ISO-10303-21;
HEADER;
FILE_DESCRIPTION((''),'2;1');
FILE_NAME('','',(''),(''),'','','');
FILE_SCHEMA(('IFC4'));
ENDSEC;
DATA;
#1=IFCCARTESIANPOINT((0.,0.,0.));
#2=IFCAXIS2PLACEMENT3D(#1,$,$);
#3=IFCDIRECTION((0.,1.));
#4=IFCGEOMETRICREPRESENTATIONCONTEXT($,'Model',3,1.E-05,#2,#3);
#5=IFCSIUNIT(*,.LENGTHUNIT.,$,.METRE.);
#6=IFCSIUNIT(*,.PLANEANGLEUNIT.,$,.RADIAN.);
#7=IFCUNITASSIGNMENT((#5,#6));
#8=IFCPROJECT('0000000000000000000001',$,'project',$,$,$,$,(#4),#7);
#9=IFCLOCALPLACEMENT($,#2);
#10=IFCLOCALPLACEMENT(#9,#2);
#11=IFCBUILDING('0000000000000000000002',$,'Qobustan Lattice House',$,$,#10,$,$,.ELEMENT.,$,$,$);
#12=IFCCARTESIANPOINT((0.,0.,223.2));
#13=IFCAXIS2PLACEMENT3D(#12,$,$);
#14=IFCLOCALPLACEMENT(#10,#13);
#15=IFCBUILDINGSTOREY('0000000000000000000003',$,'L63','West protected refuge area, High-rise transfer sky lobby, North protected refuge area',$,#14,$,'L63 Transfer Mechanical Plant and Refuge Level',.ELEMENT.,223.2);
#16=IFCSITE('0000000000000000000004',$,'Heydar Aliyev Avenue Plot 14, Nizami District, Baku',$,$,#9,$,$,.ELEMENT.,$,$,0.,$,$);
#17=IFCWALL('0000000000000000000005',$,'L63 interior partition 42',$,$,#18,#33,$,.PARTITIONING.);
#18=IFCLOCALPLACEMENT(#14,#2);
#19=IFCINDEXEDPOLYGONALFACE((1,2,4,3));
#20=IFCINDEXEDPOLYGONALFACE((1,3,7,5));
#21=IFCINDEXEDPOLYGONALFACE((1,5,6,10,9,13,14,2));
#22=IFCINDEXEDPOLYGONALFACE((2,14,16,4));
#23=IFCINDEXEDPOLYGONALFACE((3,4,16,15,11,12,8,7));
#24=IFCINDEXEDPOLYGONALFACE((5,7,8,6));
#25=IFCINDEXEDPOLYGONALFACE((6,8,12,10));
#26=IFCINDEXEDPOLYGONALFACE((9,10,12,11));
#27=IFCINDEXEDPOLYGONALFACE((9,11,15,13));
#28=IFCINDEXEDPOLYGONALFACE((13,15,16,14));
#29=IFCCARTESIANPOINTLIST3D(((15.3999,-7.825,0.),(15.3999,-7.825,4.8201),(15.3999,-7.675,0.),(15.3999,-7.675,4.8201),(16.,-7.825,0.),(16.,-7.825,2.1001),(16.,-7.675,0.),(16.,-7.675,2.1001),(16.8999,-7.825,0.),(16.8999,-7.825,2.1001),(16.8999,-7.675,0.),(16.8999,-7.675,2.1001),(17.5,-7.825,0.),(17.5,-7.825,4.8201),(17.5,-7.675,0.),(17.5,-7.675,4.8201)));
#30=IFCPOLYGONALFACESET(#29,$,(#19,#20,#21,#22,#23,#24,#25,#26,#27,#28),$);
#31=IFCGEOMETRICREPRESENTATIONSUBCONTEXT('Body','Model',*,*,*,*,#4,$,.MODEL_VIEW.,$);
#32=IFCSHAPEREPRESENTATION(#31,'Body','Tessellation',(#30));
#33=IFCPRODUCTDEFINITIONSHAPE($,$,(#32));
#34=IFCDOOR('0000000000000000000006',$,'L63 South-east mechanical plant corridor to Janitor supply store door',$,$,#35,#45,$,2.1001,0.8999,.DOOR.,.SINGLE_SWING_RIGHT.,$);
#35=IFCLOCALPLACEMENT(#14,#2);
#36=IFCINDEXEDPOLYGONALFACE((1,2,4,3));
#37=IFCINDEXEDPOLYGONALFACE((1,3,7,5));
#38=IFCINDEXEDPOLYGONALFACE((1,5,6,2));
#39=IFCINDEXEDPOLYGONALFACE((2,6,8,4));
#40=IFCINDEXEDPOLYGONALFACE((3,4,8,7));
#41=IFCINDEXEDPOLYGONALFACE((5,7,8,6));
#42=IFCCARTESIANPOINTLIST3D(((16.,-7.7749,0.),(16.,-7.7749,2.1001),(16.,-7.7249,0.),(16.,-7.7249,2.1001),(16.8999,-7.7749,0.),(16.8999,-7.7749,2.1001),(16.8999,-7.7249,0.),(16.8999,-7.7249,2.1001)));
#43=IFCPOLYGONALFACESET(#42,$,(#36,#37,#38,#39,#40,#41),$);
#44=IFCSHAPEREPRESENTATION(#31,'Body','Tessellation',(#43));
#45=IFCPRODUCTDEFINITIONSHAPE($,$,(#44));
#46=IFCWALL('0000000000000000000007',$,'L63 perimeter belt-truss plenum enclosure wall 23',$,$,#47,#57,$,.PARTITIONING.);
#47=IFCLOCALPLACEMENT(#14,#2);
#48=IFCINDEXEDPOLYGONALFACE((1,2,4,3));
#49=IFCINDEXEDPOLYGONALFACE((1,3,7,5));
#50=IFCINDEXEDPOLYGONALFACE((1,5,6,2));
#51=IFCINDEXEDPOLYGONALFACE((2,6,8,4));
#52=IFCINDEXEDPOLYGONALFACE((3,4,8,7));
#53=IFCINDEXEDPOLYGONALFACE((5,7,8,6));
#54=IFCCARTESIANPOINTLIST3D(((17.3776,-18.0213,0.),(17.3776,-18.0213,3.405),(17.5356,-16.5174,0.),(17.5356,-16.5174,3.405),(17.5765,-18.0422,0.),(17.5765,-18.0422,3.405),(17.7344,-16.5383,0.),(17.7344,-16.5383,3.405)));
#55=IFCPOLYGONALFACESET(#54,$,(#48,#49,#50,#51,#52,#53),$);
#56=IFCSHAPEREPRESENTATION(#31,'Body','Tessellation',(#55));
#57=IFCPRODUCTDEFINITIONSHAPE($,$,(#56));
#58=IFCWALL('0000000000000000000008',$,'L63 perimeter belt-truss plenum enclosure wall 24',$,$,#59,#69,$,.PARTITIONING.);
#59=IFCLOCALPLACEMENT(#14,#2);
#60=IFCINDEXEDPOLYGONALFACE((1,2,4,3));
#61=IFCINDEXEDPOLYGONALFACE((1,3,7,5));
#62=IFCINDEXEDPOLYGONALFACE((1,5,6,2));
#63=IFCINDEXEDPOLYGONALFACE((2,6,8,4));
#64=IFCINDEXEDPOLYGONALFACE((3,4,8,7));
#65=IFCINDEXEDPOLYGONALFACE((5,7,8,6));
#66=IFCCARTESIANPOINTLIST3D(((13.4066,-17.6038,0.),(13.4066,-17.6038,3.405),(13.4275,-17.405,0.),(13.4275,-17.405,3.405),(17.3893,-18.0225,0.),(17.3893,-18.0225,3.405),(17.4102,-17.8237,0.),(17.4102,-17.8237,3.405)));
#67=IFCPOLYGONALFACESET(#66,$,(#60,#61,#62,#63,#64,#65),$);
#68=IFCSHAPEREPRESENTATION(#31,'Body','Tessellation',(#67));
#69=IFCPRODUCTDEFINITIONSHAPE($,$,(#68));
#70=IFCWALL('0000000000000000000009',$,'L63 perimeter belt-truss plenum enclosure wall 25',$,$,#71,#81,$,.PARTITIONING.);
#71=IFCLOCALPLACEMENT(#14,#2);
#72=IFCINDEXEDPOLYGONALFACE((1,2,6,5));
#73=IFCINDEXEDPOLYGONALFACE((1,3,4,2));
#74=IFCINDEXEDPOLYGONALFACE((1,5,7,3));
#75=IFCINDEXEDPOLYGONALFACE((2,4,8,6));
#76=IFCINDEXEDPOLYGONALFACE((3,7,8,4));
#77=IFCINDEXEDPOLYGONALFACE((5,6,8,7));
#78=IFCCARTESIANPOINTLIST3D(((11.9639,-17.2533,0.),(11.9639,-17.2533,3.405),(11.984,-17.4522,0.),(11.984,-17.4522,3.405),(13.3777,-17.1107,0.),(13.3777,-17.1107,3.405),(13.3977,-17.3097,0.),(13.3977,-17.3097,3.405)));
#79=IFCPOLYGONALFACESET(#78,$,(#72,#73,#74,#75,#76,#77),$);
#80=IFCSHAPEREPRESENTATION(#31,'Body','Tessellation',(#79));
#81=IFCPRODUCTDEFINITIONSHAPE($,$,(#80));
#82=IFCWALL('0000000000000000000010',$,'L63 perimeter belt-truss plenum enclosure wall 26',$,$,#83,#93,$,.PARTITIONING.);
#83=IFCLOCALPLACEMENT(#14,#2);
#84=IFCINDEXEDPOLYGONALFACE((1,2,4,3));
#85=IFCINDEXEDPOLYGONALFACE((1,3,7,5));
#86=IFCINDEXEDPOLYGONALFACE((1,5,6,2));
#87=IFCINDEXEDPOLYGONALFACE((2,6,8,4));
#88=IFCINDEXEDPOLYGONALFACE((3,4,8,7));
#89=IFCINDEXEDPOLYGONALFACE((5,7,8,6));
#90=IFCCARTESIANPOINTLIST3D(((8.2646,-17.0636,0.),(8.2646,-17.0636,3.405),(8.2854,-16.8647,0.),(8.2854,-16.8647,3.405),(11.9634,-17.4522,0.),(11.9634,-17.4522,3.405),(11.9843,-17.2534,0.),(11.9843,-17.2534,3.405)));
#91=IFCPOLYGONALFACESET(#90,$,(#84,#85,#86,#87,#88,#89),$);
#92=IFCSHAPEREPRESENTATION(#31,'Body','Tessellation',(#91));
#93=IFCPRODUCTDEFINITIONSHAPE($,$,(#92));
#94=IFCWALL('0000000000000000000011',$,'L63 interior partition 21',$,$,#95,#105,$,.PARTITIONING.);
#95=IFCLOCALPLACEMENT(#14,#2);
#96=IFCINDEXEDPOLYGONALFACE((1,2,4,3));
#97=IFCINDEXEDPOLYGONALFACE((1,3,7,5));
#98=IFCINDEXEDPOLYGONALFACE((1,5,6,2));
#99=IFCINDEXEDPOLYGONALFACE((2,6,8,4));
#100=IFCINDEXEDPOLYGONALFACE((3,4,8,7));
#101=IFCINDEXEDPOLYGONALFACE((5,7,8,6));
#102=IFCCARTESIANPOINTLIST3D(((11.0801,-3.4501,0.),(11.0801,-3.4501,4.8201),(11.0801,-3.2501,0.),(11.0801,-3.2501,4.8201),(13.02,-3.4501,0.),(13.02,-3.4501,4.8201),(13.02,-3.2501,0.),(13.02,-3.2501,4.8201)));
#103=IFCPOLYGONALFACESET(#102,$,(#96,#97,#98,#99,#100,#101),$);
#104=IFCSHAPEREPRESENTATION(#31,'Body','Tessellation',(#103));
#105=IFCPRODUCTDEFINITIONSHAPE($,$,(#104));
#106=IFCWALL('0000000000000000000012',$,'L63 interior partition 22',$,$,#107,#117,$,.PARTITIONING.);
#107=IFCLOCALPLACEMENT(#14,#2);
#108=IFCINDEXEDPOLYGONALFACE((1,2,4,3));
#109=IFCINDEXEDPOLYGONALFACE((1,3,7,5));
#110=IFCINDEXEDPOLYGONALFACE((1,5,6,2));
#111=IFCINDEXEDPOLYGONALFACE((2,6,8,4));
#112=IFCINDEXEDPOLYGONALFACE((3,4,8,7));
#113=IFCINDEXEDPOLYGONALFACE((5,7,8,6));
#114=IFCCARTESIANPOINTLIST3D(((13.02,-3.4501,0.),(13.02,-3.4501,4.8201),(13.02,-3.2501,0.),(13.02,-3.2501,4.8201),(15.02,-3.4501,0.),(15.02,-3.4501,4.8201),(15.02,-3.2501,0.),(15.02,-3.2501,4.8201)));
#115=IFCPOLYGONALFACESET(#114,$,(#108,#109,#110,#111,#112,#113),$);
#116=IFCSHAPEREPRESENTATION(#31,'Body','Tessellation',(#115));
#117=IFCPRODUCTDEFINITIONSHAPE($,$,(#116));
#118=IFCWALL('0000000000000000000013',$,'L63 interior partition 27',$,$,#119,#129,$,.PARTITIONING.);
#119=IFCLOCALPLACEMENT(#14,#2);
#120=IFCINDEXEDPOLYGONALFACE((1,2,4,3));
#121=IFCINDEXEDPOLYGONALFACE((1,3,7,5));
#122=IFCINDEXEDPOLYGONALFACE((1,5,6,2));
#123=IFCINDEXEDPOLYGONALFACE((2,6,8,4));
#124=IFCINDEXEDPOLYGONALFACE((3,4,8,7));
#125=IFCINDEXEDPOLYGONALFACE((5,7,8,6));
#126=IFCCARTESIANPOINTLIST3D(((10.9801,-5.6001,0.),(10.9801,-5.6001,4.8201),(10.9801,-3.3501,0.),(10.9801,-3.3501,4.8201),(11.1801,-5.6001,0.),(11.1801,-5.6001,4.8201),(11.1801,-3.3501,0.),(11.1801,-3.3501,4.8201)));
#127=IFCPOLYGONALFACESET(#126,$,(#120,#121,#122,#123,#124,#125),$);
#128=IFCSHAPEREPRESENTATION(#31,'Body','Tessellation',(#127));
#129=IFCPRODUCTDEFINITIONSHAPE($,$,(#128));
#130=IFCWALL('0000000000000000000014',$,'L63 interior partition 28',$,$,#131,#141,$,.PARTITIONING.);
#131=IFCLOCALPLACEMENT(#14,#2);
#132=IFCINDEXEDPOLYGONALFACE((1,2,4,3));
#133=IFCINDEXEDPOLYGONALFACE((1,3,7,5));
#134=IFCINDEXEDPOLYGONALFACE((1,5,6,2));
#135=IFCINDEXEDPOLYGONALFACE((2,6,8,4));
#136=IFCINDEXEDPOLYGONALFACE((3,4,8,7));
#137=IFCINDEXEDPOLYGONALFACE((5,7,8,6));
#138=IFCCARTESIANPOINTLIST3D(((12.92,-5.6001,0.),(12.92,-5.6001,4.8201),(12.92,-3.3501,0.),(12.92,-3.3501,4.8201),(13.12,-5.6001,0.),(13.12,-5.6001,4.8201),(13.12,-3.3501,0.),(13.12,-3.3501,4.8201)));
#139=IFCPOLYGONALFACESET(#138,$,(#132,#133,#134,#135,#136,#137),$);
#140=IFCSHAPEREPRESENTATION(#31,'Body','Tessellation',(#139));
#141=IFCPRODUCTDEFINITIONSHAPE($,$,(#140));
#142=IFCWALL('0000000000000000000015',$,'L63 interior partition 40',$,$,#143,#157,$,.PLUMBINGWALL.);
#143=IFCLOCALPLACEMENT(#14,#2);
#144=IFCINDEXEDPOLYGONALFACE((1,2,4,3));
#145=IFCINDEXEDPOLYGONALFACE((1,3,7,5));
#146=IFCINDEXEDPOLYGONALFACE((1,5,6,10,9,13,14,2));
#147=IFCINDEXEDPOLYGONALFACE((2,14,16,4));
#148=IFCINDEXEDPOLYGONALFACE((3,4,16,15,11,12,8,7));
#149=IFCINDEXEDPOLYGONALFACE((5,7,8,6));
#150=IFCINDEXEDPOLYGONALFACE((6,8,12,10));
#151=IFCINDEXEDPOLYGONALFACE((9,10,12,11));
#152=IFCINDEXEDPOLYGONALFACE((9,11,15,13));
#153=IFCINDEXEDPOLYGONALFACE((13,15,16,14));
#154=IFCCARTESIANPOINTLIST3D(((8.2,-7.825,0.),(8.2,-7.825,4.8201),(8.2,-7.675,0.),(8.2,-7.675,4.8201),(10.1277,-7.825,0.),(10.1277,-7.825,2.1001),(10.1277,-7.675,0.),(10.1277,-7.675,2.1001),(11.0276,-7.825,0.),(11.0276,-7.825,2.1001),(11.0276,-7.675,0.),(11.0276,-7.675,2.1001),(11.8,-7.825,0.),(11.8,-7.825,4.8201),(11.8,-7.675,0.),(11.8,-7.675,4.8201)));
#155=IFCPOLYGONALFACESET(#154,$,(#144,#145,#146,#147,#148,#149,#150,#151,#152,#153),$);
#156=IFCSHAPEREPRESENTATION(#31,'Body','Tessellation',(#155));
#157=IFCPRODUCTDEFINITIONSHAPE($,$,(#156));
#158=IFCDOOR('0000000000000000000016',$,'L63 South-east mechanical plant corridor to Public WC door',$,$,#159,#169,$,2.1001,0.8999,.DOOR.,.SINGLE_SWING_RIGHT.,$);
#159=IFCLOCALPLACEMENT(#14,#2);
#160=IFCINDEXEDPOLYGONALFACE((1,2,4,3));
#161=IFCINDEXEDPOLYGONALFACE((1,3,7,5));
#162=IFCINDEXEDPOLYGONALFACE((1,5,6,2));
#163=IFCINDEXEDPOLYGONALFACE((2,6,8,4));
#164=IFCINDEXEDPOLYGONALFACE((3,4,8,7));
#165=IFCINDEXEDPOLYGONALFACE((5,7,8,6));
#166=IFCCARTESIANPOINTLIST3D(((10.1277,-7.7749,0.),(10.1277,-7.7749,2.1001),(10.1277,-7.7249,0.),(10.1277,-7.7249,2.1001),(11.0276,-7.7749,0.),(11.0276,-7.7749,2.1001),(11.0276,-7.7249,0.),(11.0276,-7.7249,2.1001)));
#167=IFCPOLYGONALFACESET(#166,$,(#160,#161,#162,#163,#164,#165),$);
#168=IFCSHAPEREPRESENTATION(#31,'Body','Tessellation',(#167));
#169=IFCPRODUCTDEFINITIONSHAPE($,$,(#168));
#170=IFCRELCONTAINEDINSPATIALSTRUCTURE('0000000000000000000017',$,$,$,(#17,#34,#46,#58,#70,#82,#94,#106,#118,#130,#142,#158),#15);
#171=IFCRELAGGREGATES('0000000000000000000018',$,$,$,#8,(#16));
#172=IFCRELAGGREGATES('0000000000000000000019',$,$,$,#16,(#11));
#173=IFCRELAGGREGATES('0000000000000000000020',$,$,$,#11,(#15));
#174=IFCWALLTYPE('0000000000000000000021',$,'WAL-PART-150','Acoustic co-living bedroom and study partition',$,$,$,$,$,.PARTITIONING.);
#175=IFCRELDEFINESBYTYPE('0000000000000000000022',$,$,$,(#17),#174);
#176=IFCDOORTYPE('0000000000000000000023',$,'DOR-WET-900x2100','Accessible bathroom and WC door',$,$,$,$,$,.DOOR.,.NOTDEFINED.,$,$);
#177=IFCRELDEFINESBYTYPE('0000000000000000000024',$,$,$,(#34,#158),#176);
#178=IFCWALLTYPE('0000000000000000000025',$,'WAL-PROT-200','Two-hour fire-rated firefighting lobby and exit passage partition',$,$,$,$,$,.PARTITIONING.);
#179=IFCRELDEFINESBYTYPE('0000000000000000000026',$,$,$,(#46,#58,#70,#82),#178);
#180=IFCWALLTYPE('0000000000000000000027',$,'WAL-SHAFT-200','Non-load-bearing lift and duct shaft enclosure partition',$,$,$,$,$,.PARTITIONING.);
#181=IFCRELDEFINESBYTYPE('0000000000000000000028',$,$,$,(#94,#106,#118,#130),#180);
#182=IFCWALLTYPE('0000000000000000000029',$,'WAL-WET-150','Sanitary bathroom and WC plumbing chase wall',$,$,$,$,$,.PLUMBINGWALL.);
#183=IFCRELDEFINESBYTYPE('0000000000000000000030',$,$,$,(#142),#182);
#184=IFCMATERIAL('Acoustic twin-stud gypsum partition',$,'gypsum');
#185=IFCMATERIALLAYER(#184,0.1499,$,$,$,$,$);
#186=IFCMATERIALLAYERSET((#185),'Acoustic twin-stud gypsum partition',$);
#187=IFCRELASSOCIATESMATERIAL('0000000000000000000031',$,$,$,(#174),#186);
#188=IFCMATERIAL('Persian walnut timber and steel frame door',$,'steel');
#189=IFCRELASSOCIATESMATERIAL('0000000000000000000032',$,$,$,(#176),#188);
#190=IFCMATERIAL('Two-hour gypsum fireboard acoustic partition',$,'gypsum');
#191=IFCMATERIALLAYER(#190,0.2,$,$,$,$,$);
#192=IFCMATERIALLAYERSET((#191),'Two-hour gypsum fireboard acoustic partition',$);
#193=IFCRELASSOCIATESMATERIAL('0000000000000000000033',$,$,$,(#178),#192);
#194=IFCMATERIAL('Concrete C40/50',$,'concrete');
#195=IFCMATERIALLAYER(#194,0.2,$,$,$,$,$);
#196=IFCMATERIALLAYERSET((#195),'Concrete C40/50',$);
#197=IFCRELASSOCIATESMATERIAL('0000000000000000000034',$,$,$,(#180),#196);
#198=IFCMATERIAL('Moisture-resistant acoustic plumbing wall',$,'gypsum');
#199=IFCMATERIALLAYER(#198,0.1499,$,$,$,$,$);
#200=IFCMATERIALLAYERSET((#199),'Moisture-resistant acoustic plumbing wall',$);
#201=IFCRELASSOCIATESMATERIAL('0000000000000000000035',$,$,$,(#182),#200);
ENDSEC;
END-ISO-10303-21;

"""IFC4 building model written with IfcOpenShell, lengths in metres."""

from ifc_helpers import new_model, si_unit, direction, frame, frame_2d, origin, place, context, subcontext, project, spatial, rectangle, extrude, material, layer, layer_set, type_object, element, fill, save


model = new_model("IFC4")

# Units and contexts
model_context = context("Model", 3, precision=1e-05, world=origin(), true_north=direction((0.0, 1.0)))
body_context = subcontext(model_context, "Body", "Model", "MODEL_VIEW")
ifc_project = project(units=[si_unit("LENGTHUNIT", "METRE"), si_unit("PLANEANGLEUNIT", "RADIAN")], contexts=[model_context])

# Site, building, storey
site_placement = place(None, origin())
site = spatial("IfcSite", under=ifc_project, at=site_placement, Name="Heydar Aliyev Avenue Plot 14, Nizami District, Baku", CompositionType="ELEMENT", RefElevation=0.0)
building_placement = place(site_placement, origin())
building = spatial("IfcBuilding", under=site, at=building_placement, Name="Qobustan Lattice House", CompositionType="ELEMENT")
storey_placement = place(building_placement, frame((0.0, 0.0, 223.2)))
storey = spatial("IfcBuildingStorey", under=building, at=storey_placement, Name="L63", Description="West protected refuge area, High-rise transfer sky lobby, North protected refuge area", LongName="L63 Transfer Mechanical Plant and Refuge Level", CompositionType="ELEMENT", Elevation=223.2)

# Wall, opening, door
ifc_material_1 = material(Name="Acoustic twin-stud gypsum partition", Category="gypsum")
ifc_layer_1 = layer(ifc_material_1, 0.1499)
ifc_layer_set_1 = layer_set([ifc_layer_1], Name="Acoustic twin-stud gypsum partition")
wall_type_1 = type_object("IfcWallType", Name="WAL-PART-150", Description="Acoustic co-living bedroom and study partition", PredefinedType="PARTITIONING", material=ifc_layer_set_1)
wall_1_placement = place(storey_placement, frame((17.5, -7.75, 0.0), z_axis=(0.0, 0.0, 1.0), x_axis=(-1.0, 0.0, 0.0)))
wall_1 = element("IfcWall", 1, at=wall_1_placement, inside=storey, type_object=wall_type_1, Name="L63 interior partition 42", PredefinedType="PARTITIONING", context=body_context, shape_type="SweptSolid", body=[
    extrude(rectangle(XDim=2.1001, YDim=0.1499, at=frame_2d((1.05, 0.0))), origin(), (0.0, 0.0, 1.0), 4.8201),
])
opening_1_placement = place(wall_1_placement, frame((0.6001, 0.0, 0.0)))
opening_1 = element("IfcOpeningElement", 2, at=opening_1_placement, cuts=wall_1, PredefinedType="OPENING", context=body_context, shape_type="SweptSolid", body=[
    extrude(rectangle(XDim=0.8999, YDim=2.1001, at=frame_2d((0.45, 1.05))), frame((0.0, 0.085, 0.0), z_axis=(0.0, -1.0, 0.0), x_axis=(1.0, 0.0, 0.0)), (0.0, 0.0, 1.0), 0.1699),
])
ifc_material_2 = material(Name="Persian walnut timber and steel frame door", Category="steel")
door_type = type_object("IfcDoorType", Name="DOR-WET-900x2100", Description="Accessible bathroom and WC door", OperationType="NOTDEFINED", PredefinedType="DOOR", material=ifc_material_2)
door_1_placement = place(opening_1_placement, origin())
door_1 = element("IfcDoor", 3, at=door_1_placement, inside=storey, type_object=door_type, Name="L63 South-east mechanical plant corridor to Janitor supply store door", OperationType="SINGLE_SWING_RIGHT", OverallHeight=2.1001, OverallWidth=0.8999, PredefinedType="DOOR", context=body_context, shape_type="SweptSolid", body=[
    extrude(rectangle(XDim=0.8999, YDim=2.1001, at=frame_2d((0.45, 1.05))), frame((0.0, 0.0249, 0.0), z_axis=(0.0, -1.0, 0.0), x_axis=(1.0, 0.0, 0.0)), (0.0, 0.0, 1.0), 0.05),
])
fill(opening_1, door_1)

# Walls
ifc_material_3 = material(Name="Two-hour gypsum fireboard acoustic partition", Category="gypsum")
ifc_layer_2 = layer(ifc_material_3, 0.2)
ifc_layer_set_2 = layer_set([ifc_layer_2], Name="Two-hour gypsum fireboard acoustic partition")
wall_type_2 = type_object("IfcWallType", Name="WAL-PROT-200", Description="Two-hour fire-rated firefighting lobby and exit passage partition", PredefinedType="PARTITIONING", material=ifc_layer_set_2)
wall_2_placement = place(storey_placement, frame((17.635, -16.5278, 0.0), z_axis=(0.0, 0.0, 1.0), x_axis=(-0.104458, -0.994529, 0.0)))
element("IfcWall", 4, at=wall_2_placement, inside=storey, type_object=wall_type_2, Name="L63 perimeter belt-truss plenum enclosure wall 23", PredefinedType="PARTITIONING", context=body_context, shape_type="SweptSolid", body=[
    extrude(rectangle(XDim=1.5122, YDim=0.2, at=frame_2d((0.7561, 0.0))), origin(), (0.0, 0.0, 1.0), 3.405),
])
wall_3_placement = place(storey_placement, frame((17.3999, -17.9231, 0.0), z_axis=(0.0, 0.0, 1.0), x_axis=(-0.994519, 0.104555, 0.0)))
element("IfcWall", 5, at=wall_3_placement, inside=storey, type_object=wall_type_2, Name="L63 perimeter belt-truss plenum enclosure wall 24", PredefinedType="PARTITIONING", context=body_context, shape_type="SweptSolid", body=[
    extrude(rectangle(XDim=4.0046, YDim=0.2, at=frame_2d((2.0024, 0.0))), origin(), (0.0, 0.0, 1.0), 3.405),
])
wall_4_placement = place(storey_placement, frame((13.3877, -17.2102, 0.0), z_axis=(0.0, 0.0, 1.0), x_axis=(-0.994953, -0.100337, 0.0)))
element("IfcWall", 6, at=wall_4_placement, inside=storey, type_object=wall_type_2, Name="L63 perimeter belt-truss plenum enclosure wall 25", PredefinedType="PARTITIONING", context=body_context, shape_type="SweptSolid", body=[
    extrude(rectangle(XDim=1.4209, YDim=0.2, at=frame_2d((0.7104, 0.0))), origin(), (0.0, 0.0, 1.0), 3.405),
])
wall_5_placement = place(storey_placement, frame((11.9739, -17.3528, 0.0), z_axis=(0.0, 0.0, 1.0), x_axis=(-0.994525, 0.1045, 0.0)))
element("IfcWall", 7, at=wall_5_placement, inside=storey, type_object=wall_type_2, Name="L63 perimeter belt-truss plenum enclosure wall 26", PredefinedType="PARTITIONING", context=body_context, shape_type="SweptSolid", body=[
    extrude(rectangle(XDim=3.7192, YDim=0.2, at=frame_2d((1.8596, 0.0))), origin(), (0.0, 0.0, 1.0), 3.405),
])
ifc_material_4 = material(Name="Concrete C40/50", Category="concrete")
ifc_layer_3 = layer(ifc_material_4, 0.2)
ifc_layer_set_3 = layer_set([ifc_layer_3], Name="Concrete C40/50")
wall_type_3 = type_object("IfcWallType", Name="WAL-SHAFT-200", Description="Non-load-bearing lift and duct shaft enclosure partition", PredefinedType="PARTITIONING", material=ifc_layer_set_3)
wall_6_placement = place(storey_placement, frame((11.0801, -3.3501, 0.0), z_axis=(0.0, 0.0, 1.0), x_axis=(1.0, 0.0, 0.0)))
element("IfcWall", 8, at=wall_6_placement, inside=storey, type_object=wall_type_3, Name="L63 interior partition 21", PredefinedType="PARTITIONING", context=body_context, shape_type="SweptSolid", body=[
    extrude(rectangle(XDim=1.9399, YDim=0.2, at=frame_2d((0.97, 0.0))), origin(), (0.0, 0.0, 1.0), 4.8201),
])
wall_7_placement = place(storey_placement, frame((13.02, -3.3501, 0.0), z_axis=(0.0, 0.0, 1.0), x_axis=(1.0, 0.0, 0.0)))
element("IfcWall", 9, at=wall_7_placement, inside=storey, type_object=wall_type_3, Name="L63 interior partition 22", PredefinedType="PARTITIONING", context=body_context, shape_type="SweptSolid", body=[
    extrude(rectangle(XDim=2.0, YDim=0.2, at=frame_2d((1.0, 0.0))), origin(), (0.0, 0.0, 1.0), 4.8201),
])
for number, where, z_axis, x_axis, name in (
    (10, (11.0801, -5.6001, 0.0), (0.0, 0.0, 1.0), (0.0, 1.0, 0.0), "L63 interior partition 27"),
    (11, (13.02, -5.6001, 0.0), (0.0, 0.0, 1.0), (0.0, 1.0, 0.0), "L63 interior partition 28"),
):
    element("IfcWall", number, at=place(storey_placement, frame(where, z_axis=z_axis, x_axis=x_axis)), inside=storey, type_object=wall_type_3, Name=name, PredefinedType="PARTITIONING", context=body_context, shape_type="SweptSolid", body=[
        extrude(rectangle(XDim=2.25, YDim=0.2, at=frame_2d((1.125, 0.0))), origin(), (0.0, 0.0, 1.0), 4.8201),
    ])

# Wall, opening, door
ifc_material_5 = material(Name="Moisture-resistant acoustic plumbing wall", Category="gypsum")
ifc_layer_4 = layer(ifc_material_5, 0.1499)
ifc_layer_set_4 = layer_set([ifc_layer_4], Name="Moisture-resistant acoustic plumbing wall")
wall_type_4 = type_object("IfcWallType", Name="WAL-WET-150", Description="Sanitary bathroom and WC plumbing chase wall", PredefinedType="PLUMBINGWALL", material=ifc_layer_set_4)
wall_8_placement = place(storey_placement, frame((11.8, -7.75, 0.0), z_axis=(0.0, 0.0, 1.0), x_axis=(-1.0, 0.0, 0.0)))
wall_8 = element("IfcWall", 12, at=wall_8_placement, inside=storey, type_object=wall_type_4, Name="L63 interior partition 40", PredefinedType="PLUMBINGWALL", context=body_context, shape_type="SweptSolid", body=[
    extrude(rectangle(XDim=3.6001, YDim=0.1499, at=frame_2d((1.8, 0.0))), origin(), (0.0, 0.0, 1.0), 4.8201),
])
opening_2_placement = place(wall_8_placement, frame((0.7725, 0.0, 0.0)))
opening_2 = element("IfcOpeningElement", 13, at=opening_2_placement, cuts=wall_8, PredefinedType="OPENING", context=body_context, shape_type="SweptSolid", body=[
    extrude(rectangle(XDim=0.8999, YDim=2.1001, at=frame_2d((0.45, 1.05))), frame((0.0, 0.085, 0.0), z_axis=(0.0, -1.0, 0.0), x_axis=(1.0, 0.0, 0.0)), (0.0, 0.0, 1.0), 0.1699),
])
door_2_placement = place(opening_2_placement, origin())
door_2 = element("IfcDoor", 14, at=door_2_placement, inside=storey, type_object=door_type, Name="L63 South-east mechanical plant corridor to Public WC door", OperationType="SINGLE_SWING_RIGHT", OverallHeight=2.1001, OverallWidth=0.8999, PredefinedType="DOOR", context=body_context, shape_type="SweptSolid", body=[
    extrude(rectangle(XDim=0.8999, YDim=2.1001, at=frame_2d((0.45, 1.05))), frame((0.0, 0.0249, 0.0), z_axis=(0.0, -1.0, 0.0), x_axis=(1.0, 0.0, 0.0)), (0.0, 0.0, 1.0), 0.05),
])
fill(opening_2, door_2)

save(model, "model.ifc")
